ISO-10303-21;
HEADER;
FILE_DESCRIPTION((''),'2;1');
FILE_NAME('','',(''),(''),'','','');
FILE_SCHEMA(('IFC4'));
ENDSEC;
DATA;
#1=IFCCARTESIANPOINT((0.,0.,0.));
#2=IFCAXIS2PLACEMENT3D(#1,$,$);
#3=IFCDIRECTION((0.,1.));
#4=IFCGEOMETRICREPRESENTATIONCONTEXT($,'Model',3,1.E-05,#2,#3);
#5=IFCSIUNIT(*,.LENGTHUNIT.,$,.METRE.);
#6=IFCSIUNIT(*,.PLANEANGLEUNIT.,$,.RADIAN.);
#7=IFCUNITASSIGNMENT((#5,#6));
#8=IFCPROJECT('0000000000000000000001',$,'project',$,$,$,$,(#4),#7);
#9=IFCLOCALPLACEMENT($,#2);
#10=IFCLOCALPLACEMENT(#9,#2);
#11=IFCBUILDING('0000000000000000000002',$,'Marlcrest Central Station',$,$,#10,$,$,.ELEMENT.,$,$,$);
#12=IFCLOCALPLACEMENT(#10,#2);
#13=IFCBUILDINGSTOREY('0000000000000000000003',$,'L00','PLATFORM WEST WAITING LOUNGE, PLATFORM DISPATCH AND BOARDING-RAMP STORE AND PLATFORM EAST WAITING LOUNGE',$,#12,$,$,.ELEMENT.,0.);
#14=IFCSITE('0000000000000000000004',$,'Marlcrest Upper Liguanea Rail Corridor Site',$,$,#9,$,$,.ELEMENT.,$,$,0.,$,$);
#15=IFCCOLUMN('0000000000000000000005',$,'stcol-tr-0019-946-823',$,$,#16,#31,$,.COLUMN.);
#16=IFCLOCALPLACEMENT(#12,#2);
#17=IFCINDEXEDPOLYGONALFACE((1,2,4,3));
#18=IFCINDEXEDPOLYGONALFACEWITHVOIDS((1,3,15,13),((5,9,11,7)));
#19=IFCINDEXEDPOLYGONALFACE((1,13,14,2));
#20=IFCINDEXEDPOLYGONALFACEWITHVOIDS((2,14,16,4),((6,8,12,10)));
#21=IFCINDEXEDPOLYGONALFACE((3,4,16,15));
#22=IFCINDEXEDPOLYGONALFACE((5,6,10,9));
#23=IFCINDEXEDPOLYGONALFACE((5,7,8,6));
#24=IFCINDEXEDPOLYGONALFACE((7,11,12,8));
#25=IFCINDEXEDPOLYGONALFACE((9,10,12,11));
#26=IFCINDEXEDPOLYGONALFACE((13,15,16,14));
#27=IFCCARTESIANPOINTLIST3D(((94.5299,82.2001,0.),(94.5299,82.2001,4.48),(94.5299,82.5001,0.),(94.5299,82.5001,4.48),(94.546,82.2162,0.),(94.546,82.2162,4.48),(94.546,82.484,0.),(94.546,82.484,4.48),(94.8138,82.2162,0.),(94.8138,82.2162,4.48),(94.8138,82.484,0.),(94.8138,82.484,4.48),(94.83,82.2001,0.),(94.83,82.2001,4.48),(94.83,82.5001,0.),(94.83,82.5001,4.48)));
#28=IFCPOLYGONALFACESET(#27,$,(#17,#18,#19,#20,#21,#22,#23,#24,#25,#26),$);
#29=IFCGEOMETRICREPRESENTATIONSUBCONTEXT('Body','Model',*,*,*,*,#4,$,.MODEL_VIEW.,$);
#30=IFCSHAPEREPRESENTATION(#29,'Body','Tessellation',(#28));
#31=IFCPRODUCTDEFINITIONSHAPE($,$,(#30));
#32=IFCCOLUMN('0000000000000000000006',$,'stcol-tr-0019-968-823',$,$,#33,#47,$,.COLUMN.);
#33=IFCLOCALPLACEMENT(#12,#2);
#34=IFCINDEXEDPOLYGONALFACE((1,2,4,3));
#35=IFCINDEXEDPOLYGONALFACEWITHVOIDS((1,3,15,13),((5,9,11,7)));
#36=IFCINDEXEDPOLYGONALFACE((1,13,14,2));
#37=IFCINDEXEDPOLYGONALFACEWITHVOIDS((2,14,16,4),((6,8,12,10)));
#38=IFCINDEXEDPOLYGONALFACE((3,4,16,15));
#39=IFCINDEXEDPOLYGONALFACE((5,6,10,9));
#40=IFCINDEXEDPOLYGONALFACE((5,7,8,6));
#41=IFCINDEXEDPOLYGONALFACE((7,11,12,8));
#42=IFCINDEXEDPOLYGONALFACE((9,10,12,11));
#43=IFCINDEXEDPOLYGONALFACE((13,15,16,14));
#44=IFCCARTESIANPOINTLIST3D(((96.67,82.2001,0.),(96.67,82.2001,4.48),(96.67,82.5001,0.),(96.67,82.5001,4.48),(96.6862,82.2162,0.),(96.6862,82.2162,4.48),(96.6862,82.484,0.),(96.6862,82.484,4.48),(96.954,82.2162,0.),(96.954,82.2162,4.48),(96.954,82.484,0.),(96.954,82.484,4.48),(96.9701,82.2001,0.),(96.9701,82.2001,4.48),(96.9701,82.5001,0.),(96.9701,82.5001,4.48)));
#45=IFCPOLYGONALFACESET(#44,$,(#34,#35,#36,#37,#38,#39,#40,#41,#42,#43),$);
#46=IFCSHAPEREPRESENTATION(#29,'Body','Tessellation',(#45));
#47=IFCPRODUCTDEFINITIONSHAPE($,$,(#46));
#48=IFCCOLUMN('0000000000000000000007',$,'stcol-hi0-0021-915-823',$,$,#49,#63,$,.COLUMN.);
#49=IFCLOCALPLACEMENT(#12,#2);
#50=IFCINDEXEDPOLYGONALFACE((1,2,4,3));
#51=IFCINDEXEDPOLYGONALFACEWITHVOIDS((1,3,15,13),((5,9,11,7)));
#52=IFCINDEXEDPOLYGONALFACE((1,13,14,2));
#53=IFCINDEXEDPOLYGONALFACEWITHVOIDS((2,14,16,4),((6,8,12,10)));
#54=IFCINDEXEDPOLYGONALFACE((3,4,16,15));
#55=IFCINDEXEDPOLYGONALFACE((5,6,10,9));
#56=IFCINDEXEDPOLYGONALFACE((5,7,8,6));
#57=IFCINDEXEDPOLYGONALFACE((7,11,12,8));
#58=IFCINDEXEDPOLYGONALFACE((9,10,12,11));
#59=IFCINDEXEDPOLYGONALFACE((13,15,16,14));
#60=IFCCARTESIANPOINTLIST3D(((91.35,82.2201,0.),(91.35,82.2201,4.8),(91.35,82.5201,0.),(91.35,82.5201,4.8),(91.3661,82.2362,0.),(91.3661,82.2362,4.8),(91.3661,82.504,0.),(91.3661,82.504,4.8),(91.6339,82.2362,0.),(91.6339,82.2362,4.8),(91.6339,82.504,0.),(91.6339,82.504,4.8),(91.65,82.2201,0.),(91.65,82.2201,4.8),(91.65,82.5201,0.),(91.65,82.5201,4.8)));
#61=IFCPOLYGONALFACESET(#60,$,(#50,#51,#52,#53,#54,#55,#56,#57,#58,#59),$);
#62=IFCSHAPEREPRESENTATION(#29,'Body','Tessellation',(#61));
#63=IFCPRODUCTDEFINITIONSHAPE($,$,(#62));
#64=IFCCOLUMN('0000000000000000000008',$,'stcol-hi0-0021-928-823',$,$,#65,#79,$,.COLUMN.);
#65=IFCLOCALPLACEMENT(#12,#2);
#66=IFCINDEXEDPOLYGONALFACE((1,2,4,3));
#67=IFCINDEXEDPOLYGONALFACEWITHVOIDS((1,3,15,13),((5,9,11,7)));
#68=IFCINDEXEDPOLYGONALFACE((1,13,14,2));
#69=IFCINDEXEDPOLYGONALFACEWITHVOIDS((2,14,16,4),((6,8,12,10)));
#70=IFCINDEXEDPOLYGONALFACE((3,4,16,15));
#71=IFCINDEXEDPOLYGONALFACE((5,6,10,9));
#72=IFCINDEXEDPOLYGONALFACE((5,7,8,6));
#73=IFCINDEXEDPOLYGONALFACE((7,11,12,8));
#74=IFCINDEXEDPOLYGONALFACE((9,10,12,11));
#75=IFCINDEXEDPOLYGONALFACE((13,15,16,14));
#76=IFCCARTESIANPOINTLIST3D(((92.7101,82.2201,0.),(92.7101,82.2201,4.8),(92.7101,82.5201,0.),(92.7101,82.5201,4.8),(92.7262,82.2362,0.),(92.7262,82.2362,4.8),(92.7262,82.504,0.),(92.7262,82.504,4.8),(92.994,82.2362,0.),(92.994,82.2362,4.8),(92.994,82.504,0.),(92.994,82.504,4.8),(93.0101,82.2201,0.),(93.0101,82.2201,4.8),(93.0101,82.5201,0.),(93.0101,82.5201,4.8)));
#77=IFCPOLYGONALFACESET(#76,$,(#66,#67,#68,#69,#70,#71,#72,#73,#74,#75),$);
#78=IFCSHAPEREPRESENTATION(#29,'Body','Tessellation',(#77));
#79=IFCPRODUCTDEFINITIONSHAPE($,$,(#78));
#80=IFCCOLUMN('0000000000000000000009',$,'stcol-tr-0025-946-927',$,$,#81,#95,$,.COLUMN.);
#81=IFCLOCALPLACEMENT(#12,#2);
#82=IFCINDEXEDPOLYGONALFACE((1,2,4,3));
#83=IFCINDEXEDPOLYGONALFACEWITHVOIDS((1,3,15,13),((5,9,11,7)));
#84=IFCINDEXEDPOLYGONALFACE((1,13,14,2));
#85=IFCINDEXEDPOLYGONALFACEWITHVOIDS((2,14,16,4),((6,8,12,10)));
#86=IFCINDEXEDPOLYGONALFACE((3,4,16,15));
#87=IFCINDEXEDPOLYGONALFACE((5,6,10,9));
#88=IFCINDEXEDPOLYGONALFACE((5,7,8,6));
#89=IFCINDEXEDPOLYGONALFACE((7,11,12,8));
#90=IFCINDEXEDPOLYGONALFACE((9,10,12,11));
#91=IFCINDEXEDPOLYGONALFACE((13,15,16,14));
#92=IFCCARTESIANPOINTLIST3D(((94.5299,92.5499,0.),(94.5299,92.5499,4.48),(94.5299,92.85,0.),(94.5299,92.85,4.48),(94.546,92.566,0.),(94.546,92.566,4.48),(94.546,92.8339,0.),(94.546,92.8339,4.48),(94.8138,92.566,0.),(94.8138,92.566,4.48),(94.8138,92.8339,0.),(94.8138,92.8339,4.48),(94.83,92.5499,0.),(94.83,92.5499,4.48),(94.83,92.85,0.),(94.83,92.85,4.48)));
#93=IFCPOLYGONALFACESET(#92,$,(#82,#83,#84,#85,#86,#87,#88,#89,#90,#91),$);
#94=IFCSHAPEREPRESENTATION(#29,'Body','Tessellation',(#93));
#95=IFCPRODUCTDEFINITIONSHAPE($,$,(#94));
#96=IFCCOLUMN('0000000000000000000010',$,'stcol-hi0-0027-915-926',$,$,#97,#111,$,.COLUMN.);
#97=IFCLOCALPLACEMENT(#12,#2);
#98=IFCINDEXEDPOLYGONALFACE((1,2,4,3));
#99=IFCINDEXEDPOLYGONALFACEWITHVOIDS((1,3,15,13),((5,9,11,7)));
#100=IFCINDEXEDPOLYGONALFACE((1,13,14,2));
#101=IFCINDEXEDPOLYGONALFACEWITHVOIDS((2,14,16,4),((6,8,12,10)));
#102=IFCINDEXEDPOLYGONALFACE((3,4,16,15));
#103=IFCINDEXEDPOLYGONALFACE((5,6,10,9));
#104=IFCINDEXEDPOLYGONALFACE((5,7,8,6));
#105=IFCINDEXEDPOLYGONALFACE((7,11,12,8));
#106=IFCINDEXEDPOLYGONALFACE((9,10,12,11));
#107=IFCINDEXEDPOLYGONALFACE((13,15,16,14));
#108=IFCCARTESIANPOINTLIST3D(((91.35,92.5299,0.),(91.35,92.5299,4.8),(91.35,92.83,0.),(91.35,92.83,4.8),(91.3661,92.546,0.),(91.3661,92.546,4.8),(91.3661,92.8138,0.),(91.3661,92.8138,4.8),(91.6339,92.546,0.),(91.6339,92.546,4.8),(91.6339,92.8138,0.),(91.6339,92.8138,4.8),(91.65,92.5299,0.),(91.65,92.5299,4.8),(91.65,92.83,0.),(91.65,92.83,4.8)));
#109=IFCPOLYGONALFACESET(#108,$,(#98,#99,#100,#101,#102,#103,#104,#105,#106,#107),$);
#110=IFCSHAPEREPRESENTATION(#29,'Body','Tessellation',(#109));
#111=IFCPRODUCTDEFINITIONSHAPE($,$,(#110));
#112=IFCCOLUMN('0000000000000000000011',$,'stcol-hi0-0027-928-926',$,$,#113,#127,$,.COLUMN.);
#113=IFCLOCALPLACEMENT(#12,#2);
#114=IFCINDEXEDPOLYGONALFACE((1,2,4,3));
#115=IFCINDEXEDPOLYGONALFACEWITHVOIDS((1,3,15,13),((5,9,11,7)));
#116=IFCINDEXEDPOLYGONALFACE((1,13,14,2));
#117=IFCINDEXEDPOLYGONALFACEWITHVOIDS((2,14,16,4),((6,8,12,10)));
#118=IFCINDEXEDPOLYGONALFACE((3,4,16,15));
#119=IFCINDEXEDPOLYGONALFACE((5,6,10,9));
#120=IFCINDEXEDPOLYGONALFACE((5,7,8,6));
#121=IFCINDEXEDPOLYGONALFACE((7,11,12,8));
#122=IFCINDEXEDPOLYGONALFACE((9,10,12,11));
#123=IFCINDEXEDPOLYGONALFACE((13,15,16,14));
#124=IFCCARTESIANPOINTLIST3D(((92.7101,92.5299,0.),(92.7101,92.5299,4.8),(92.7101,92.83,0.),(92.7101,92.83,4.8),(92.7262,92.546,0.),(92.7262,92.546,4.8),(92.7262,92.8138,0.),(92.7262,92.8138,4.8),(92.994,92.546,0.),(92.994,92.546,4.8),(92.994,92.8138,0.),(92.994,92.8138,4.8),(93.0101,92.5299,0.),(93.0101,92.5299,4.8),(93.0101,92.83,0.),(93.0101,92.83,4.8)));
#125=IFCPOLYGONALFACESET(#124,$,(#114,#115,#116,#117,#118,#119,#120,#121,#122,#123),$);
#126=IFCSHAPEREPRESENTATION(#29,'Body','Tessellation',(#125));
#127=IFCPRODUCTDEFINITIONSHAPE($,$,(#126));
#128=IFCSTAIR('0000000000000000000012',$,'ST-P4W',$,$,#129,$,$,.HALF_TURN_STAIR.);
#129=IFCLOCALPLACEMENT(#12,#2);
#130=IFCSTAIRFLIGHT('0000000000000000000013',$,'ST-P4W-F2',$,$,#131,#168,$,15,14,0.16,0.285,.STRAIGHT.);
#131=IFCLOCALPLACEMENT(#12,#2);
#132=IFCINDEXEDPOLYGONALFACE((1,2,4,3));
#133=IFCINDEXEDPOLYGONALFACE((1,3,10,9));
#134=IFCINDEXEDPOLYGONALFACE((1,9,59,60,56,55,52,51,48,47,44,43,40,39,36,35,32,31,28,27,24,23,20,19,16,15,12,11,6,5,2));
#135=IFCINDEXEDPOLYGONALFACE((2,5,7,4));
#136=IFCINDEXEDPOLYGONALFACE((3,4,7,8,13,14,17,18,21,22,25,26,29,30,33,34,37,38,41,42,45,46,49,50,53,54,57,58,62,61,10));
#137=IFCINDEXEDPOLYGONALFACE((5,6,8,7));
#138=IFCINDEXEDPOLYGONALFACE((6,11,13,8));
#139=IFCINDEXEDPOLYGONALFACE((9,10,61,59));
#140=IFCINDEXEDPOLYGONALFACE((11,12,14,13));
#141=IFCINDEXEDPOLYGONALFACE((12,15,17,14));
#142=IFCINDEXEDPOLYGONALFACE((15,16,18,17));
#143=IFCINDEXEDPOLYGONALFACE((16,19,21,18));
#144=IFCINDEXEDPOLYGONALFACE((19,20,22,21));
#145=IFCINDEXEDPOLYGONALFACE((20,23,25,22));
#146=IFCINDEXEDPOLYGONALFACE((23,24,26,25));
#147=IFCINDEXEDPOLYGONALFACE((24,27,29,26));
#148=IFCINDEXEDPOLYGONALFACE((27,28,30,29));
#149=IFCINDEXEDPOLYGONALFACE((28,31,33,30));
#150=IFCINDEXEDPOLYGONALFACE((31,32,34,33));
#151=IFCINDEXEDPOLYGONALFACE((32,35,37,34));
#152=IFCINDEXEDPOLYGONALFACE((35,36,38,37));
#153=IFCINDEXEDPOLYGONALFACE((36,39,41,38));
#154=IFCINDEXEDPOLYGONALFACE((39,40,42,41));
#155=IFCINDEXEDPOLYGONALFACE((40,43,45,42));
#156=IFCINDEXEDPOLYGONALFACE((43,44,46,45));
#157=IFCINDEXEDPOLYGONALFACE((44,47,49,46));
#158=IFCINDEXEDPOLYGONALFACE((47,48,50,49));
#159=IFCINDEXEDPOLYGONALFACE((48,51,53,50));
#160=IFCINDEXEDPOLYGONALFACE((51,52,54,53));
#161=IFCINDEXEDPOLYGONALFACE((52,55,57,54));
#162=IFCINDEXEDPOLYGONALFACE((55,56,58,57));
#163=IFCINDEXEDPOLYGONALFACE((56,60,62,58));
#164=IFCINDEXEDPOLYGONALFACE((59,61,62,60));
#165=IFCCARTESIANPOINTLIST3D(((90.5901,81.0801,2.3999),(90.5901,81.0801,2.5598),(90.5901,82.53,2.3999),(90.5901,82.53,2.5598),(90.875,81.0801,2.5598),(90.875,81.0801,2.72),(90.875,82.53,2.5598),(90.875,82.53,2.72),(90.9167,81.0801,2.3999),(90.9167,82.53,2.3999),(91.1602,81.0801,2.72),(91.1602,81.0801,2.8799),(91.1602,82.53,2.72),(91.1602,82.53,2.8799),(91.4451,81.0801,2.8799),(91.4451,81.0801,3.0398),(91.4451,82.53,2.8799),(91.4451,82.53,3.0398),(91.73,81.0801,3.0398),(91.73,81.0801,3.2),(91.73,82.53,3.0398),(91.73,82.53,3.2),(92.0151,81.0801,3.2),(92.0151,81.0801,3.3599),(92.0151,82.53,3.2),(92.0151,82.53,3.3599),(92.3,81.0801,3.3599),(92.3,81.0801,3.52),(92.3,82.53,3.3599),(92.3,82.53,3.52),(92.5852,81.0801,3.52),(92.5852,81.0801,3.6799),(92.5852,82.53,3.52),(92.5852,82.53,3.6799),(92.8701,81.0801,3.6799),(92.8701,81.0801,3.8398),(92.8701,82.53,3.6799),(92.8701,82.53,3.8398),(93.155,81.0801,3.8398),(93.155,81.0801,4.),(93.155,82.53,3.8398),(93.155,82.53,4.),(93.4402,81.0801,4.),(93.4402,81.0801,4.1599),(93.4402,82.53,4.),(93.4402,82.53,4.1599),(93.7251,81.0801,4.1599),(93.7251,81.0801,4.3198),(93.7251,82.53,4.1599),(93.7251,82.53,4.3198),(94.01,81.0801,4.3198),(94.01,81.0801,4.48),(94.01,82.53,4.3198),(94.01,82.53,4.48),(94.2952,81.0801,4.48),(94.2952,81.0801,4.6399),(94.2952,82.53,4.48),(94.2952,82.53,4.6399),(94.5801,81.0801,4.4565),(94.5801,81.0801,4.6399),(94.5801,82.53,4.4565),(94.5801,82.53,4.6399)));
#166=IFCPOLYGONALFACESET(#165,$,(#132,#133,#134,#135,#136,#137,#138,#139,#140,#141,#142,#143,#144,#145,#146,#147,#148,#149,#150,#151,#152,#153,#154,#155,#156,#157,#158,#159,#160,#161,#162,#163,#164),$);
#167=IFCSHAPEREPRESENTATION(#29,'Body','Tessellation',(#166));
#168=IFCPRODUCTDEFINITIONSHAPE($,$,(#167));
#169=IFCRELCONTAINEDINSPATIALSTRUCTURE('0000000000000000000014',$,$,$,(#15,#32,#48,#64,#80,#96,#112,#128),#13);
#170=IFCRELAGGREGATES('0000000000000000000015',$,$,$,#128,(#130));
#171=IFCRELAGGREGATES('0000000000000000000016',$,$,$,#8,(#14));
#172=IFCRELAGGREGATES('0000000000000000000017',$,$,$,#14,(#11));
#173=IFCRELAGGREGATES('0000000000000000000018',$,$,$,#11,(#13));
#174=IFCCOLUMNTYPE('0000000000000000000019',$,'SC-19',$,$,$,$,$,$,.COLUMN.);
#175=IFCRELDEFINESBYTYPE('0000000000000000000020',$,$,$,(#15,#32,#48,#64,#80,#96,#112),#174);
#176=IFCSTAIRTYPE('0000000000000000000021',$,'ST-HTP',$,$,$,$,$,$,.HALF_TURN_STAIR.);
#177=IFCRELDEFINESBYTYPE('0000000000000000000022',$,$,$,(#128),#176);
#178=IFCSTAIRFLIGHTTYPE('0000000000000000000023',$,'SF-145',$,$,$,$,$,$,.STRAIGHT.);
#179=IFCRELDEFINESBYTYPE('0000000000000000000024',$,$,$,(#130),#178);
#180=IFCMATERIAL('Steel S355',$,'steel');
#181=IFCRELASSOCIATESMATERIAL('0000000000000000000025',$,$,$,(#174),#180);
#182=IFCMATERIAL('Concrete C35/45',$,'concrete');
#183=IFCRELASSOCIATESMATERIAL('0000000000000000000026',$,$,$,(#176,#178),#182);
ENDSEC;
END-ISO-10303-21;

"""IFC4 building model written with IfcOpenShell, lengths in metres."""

from ifc_helpers import new_model, si_unit, direction, frame, origin, origin_2d, place, context, subcontext, project, spatial, polyline, hollow_rectangle, outline, extrude, material, material_profile, profile_set, type_object, element, aggregate, save


model = new_model("IFC4")

# Units and contexts
model_context = context("Model", 3, precision=1e-05, world=origin(), true_north=direction((0.0, 1.0)))
body_context = subcontext(model_context, "Body", "Model", "MODEL_VIEW")
ifc_project = project(units=[si_unit("LENGTHUNIT", "METRE"), si_unit("PLANEANGLEUNIT", "RADIAN")], contexts=[model_context])

# Site, building, storey
site_placement = place(None, origin())
site = spatial("IfcSite", under=ifc_project, at=site_placement, Name="Marlcrest Upper Liguanea Rail Corridor Site", CompositionType="ELEMENT", RefElevation=0.0)
building_placement = place(site_placement, origin())
building = spatial("IfcBuilding", under=site, at=building_placement, Name="Marlcrest Central Station", CompositionType="ELEMENT")
storey_placement = place(building_placement, origin())
storey = spatial("IfcBuildingStorey", under=building, at=storey_placement, Name="L00", Description="PLATFORM WEST WAITING LOUNGE, PLATFORM DISPATCH AND BOARDING-RAMP STORE AND PLATFORM EAST WAITING LOUNGE", CompositionType="ELEMENT", Elevation=0.0)

# Shared definitions
ifc_material_1 = material(Name="Concrete C35/45", Category="concrete")

# Columns
ifc_material_2 = material(Name="Steel S355", Category="steel")
ifc_material_profile_1 = material_profile(ifc_material_2, hollow_rectangle(XDim=0.3, YDim=0.3, WallThickness=0.0161, at=origin_2d()), Name="SHS 300x300x16")
ifc_profile_set_1 = profile_set([ifc_material_profile_1], Name="Steel S355")
column_type_1 = type_object("IfcColumnType", Name="SC-19", PredefinedType="COLUMN", material=ifc_profile_set_1)
for number, where, z_axis, x_axis, name in (
    (1, (94.6799, 82.3501, 0.0), (0.0, 0.0, 1.0), (1.0, 0.0, 0.0), "stcol-tr-0019-946-823"),
    (2, (96.8201, 82.3501, 0.0), (0.0, 0.0, 1.0), (1.0, 0.0, 0.0), "stcol-tr-0019-968-823"),
):
    element("IfcColumn", number, at=place(storey_placement, frame(where, z_axis=z_axis, x_axis=x_axis)), inside=storey, type_object=column_type_1, Name=name, PredefinedType="COLUMN", context=body_context, shape_type="SweptSolid", body=[
        extrude(hollow_rectangle(XDim=0.3, YDim=0.3, WallThickness=0.0161, at=origin_2d()), origin(), (0.0, 0.0, 1.0), 4.48),
    ])
for number, where, z_axis, x_axis, name in (
    (3, (91.5, 82.3701, 0.0), (0.0, 0.0, 1.0), (1.0, 0.0, 0.0), "stcol-hi0-0021-915-823"),
    (4, (92.8601, 82.3701, 0.0), (0.0, 0.0, 1.0), (1.0, 0.0, 0.0), "stcol-hi0-0021-928-823"),
):
    element("IfcColumn", number, at=place(storey_placement, frame(where, z_axis=z_axis, x_axis=x_axis)), inside=storey, type_object=column_type_1, Name=name, PredefinedType="COLUMN", context=body_context, shape_type="SweptSolid", body=[
        extrude(hollow_rectangle(XDim=0.3, YDim=0.3, WallThickness=0.0161, at=origin_2d()), origin(), (0.0, 0.0, 1.0), 4.8),
    ])
column_1_placement = place(storey_placement, frame((94.6799, 92.7, 0.0), z_axis=(0.0, 0.0, 1.0), x_axis=(1.0, 0.0, 0.0)))
element("IfcColumn", 5, at=column_1_placement, inside=storey, type_object=column_type_1, Name="stcol-tr-0025-946-927", PredefinedType="COLUMN", context=body_context, shape_type="SweptSolid", body=[
    extrude(hollow_rectangle(XDim=0.3, YDim=0.3, WallThickness=0.0161, at=origin_2d()), origin(), (0.0, 0.0, 1.0), 4.48),
])
for number, where, z_axis, x_axis, name in (
    (6, (91.5, 92.6799, 0.0), (0.0, 0.0, 1.0), (1.0, 0.0, 0.0), "stcol-hi0-0027-915-926"),
    (7, (92.8601, 92.6799, 0.0), (0.0, 0.0, 1.0), (1.0, 0.0, 0.0), "stcol-hi0-0027-928-926"),
):
    element("IfcColumn", number, at=place(storey_placement, frame(where, z_axis=z_axis, x_axis=x_axis)), inside=storey, type_object=column_type_1, Name=name, PredefinedType="COLUMN", context=body_context, shape_type="SweptSolid", body=[
        extrude(hollow_rectangle(XDim=0.3, YDim=0.3, WallThickness=0.0161, at=origin_2d()), origin(), (0.0, 0.0, 1.0), 4.8),
    ])

# Stair, stair flight
stair_type = type_object("IfcStairType", Name="ST-HTP", PredefinedType="HALF_TURN_STAIR", material=ifc_material_1)
stair_placement = place(storey_placement, origin())
stair = element("IfcStair", 8, at=stair_placement, inside=storey, type_object=stair_type, Name="ST-P4W", PredefinedType="HALF_TURN_STAIR")
stair_flight_type = type_object("IfcStairFlightType", Name="SF-145", PredefinedType="STRAIGHT", material=ifc_material_1)
stair_flight_placement = place(storey_placement, frame((90.5901, 81.8049, 2.3999), z_axis=(0.0, 0.0, 1.0), x_axis=(1.0, 0.0, 0.0)))
stair_flight = element("IfcStairFlight", 9, at=stair_flight_placement, type_object=stair_flight_type, Name="ST-P4W-F2", NumberOfRisers=15, NumberOfTreads=14, PredefinedType="STRAIGHT", RiserHeight=0.16, TreadLength=0.285, context=body_context, shape_type="SweptSolid", body=[
    extrude(outline(polyline([(0.0, 0.0), (0.0, 0.1599), (0.2849, 0.1599), (0.2849, 0.3201), (0.5701, 0.3201), (0.5701, 0.48), (0.855, 0.48), (0.855, 0.6399), (1.1399, 0.6399), (1.1399, 0.8), (1.425, 0.8), (1.425, 0.96), (1.71, 0.96), (1.71, 1.1201), (1.9951, 1.1201), (1.9951, 1.28), (2.28, 1.28), (2.28, 1.4399), (2.5649, 1.4399), (2.5649, 1.6001), (2.8501, 1.6001), (2.8501, 1.76), (3.135, 1.76), (3.135, 1.9199), (3.4199, 1.9199), (3.4199, 2.0801), (3.7051, 2.0801), (3.7051, 2.24), (3.99, 2.24), (3.99, 2.3999), (3.99, 2.0566), (0.3267, 0.0), (0.0, 0.0)])), frame((0.0, 0.7251, 0.0), z_axis=(0.0, -1.0, 0.0), x_axis=(1.0, 0.0, 0.0)), (0.0, 0.0, 1.0), 1.45),
])
aggregate(stair, [stair_flight])

save(model, "model.ifc")
